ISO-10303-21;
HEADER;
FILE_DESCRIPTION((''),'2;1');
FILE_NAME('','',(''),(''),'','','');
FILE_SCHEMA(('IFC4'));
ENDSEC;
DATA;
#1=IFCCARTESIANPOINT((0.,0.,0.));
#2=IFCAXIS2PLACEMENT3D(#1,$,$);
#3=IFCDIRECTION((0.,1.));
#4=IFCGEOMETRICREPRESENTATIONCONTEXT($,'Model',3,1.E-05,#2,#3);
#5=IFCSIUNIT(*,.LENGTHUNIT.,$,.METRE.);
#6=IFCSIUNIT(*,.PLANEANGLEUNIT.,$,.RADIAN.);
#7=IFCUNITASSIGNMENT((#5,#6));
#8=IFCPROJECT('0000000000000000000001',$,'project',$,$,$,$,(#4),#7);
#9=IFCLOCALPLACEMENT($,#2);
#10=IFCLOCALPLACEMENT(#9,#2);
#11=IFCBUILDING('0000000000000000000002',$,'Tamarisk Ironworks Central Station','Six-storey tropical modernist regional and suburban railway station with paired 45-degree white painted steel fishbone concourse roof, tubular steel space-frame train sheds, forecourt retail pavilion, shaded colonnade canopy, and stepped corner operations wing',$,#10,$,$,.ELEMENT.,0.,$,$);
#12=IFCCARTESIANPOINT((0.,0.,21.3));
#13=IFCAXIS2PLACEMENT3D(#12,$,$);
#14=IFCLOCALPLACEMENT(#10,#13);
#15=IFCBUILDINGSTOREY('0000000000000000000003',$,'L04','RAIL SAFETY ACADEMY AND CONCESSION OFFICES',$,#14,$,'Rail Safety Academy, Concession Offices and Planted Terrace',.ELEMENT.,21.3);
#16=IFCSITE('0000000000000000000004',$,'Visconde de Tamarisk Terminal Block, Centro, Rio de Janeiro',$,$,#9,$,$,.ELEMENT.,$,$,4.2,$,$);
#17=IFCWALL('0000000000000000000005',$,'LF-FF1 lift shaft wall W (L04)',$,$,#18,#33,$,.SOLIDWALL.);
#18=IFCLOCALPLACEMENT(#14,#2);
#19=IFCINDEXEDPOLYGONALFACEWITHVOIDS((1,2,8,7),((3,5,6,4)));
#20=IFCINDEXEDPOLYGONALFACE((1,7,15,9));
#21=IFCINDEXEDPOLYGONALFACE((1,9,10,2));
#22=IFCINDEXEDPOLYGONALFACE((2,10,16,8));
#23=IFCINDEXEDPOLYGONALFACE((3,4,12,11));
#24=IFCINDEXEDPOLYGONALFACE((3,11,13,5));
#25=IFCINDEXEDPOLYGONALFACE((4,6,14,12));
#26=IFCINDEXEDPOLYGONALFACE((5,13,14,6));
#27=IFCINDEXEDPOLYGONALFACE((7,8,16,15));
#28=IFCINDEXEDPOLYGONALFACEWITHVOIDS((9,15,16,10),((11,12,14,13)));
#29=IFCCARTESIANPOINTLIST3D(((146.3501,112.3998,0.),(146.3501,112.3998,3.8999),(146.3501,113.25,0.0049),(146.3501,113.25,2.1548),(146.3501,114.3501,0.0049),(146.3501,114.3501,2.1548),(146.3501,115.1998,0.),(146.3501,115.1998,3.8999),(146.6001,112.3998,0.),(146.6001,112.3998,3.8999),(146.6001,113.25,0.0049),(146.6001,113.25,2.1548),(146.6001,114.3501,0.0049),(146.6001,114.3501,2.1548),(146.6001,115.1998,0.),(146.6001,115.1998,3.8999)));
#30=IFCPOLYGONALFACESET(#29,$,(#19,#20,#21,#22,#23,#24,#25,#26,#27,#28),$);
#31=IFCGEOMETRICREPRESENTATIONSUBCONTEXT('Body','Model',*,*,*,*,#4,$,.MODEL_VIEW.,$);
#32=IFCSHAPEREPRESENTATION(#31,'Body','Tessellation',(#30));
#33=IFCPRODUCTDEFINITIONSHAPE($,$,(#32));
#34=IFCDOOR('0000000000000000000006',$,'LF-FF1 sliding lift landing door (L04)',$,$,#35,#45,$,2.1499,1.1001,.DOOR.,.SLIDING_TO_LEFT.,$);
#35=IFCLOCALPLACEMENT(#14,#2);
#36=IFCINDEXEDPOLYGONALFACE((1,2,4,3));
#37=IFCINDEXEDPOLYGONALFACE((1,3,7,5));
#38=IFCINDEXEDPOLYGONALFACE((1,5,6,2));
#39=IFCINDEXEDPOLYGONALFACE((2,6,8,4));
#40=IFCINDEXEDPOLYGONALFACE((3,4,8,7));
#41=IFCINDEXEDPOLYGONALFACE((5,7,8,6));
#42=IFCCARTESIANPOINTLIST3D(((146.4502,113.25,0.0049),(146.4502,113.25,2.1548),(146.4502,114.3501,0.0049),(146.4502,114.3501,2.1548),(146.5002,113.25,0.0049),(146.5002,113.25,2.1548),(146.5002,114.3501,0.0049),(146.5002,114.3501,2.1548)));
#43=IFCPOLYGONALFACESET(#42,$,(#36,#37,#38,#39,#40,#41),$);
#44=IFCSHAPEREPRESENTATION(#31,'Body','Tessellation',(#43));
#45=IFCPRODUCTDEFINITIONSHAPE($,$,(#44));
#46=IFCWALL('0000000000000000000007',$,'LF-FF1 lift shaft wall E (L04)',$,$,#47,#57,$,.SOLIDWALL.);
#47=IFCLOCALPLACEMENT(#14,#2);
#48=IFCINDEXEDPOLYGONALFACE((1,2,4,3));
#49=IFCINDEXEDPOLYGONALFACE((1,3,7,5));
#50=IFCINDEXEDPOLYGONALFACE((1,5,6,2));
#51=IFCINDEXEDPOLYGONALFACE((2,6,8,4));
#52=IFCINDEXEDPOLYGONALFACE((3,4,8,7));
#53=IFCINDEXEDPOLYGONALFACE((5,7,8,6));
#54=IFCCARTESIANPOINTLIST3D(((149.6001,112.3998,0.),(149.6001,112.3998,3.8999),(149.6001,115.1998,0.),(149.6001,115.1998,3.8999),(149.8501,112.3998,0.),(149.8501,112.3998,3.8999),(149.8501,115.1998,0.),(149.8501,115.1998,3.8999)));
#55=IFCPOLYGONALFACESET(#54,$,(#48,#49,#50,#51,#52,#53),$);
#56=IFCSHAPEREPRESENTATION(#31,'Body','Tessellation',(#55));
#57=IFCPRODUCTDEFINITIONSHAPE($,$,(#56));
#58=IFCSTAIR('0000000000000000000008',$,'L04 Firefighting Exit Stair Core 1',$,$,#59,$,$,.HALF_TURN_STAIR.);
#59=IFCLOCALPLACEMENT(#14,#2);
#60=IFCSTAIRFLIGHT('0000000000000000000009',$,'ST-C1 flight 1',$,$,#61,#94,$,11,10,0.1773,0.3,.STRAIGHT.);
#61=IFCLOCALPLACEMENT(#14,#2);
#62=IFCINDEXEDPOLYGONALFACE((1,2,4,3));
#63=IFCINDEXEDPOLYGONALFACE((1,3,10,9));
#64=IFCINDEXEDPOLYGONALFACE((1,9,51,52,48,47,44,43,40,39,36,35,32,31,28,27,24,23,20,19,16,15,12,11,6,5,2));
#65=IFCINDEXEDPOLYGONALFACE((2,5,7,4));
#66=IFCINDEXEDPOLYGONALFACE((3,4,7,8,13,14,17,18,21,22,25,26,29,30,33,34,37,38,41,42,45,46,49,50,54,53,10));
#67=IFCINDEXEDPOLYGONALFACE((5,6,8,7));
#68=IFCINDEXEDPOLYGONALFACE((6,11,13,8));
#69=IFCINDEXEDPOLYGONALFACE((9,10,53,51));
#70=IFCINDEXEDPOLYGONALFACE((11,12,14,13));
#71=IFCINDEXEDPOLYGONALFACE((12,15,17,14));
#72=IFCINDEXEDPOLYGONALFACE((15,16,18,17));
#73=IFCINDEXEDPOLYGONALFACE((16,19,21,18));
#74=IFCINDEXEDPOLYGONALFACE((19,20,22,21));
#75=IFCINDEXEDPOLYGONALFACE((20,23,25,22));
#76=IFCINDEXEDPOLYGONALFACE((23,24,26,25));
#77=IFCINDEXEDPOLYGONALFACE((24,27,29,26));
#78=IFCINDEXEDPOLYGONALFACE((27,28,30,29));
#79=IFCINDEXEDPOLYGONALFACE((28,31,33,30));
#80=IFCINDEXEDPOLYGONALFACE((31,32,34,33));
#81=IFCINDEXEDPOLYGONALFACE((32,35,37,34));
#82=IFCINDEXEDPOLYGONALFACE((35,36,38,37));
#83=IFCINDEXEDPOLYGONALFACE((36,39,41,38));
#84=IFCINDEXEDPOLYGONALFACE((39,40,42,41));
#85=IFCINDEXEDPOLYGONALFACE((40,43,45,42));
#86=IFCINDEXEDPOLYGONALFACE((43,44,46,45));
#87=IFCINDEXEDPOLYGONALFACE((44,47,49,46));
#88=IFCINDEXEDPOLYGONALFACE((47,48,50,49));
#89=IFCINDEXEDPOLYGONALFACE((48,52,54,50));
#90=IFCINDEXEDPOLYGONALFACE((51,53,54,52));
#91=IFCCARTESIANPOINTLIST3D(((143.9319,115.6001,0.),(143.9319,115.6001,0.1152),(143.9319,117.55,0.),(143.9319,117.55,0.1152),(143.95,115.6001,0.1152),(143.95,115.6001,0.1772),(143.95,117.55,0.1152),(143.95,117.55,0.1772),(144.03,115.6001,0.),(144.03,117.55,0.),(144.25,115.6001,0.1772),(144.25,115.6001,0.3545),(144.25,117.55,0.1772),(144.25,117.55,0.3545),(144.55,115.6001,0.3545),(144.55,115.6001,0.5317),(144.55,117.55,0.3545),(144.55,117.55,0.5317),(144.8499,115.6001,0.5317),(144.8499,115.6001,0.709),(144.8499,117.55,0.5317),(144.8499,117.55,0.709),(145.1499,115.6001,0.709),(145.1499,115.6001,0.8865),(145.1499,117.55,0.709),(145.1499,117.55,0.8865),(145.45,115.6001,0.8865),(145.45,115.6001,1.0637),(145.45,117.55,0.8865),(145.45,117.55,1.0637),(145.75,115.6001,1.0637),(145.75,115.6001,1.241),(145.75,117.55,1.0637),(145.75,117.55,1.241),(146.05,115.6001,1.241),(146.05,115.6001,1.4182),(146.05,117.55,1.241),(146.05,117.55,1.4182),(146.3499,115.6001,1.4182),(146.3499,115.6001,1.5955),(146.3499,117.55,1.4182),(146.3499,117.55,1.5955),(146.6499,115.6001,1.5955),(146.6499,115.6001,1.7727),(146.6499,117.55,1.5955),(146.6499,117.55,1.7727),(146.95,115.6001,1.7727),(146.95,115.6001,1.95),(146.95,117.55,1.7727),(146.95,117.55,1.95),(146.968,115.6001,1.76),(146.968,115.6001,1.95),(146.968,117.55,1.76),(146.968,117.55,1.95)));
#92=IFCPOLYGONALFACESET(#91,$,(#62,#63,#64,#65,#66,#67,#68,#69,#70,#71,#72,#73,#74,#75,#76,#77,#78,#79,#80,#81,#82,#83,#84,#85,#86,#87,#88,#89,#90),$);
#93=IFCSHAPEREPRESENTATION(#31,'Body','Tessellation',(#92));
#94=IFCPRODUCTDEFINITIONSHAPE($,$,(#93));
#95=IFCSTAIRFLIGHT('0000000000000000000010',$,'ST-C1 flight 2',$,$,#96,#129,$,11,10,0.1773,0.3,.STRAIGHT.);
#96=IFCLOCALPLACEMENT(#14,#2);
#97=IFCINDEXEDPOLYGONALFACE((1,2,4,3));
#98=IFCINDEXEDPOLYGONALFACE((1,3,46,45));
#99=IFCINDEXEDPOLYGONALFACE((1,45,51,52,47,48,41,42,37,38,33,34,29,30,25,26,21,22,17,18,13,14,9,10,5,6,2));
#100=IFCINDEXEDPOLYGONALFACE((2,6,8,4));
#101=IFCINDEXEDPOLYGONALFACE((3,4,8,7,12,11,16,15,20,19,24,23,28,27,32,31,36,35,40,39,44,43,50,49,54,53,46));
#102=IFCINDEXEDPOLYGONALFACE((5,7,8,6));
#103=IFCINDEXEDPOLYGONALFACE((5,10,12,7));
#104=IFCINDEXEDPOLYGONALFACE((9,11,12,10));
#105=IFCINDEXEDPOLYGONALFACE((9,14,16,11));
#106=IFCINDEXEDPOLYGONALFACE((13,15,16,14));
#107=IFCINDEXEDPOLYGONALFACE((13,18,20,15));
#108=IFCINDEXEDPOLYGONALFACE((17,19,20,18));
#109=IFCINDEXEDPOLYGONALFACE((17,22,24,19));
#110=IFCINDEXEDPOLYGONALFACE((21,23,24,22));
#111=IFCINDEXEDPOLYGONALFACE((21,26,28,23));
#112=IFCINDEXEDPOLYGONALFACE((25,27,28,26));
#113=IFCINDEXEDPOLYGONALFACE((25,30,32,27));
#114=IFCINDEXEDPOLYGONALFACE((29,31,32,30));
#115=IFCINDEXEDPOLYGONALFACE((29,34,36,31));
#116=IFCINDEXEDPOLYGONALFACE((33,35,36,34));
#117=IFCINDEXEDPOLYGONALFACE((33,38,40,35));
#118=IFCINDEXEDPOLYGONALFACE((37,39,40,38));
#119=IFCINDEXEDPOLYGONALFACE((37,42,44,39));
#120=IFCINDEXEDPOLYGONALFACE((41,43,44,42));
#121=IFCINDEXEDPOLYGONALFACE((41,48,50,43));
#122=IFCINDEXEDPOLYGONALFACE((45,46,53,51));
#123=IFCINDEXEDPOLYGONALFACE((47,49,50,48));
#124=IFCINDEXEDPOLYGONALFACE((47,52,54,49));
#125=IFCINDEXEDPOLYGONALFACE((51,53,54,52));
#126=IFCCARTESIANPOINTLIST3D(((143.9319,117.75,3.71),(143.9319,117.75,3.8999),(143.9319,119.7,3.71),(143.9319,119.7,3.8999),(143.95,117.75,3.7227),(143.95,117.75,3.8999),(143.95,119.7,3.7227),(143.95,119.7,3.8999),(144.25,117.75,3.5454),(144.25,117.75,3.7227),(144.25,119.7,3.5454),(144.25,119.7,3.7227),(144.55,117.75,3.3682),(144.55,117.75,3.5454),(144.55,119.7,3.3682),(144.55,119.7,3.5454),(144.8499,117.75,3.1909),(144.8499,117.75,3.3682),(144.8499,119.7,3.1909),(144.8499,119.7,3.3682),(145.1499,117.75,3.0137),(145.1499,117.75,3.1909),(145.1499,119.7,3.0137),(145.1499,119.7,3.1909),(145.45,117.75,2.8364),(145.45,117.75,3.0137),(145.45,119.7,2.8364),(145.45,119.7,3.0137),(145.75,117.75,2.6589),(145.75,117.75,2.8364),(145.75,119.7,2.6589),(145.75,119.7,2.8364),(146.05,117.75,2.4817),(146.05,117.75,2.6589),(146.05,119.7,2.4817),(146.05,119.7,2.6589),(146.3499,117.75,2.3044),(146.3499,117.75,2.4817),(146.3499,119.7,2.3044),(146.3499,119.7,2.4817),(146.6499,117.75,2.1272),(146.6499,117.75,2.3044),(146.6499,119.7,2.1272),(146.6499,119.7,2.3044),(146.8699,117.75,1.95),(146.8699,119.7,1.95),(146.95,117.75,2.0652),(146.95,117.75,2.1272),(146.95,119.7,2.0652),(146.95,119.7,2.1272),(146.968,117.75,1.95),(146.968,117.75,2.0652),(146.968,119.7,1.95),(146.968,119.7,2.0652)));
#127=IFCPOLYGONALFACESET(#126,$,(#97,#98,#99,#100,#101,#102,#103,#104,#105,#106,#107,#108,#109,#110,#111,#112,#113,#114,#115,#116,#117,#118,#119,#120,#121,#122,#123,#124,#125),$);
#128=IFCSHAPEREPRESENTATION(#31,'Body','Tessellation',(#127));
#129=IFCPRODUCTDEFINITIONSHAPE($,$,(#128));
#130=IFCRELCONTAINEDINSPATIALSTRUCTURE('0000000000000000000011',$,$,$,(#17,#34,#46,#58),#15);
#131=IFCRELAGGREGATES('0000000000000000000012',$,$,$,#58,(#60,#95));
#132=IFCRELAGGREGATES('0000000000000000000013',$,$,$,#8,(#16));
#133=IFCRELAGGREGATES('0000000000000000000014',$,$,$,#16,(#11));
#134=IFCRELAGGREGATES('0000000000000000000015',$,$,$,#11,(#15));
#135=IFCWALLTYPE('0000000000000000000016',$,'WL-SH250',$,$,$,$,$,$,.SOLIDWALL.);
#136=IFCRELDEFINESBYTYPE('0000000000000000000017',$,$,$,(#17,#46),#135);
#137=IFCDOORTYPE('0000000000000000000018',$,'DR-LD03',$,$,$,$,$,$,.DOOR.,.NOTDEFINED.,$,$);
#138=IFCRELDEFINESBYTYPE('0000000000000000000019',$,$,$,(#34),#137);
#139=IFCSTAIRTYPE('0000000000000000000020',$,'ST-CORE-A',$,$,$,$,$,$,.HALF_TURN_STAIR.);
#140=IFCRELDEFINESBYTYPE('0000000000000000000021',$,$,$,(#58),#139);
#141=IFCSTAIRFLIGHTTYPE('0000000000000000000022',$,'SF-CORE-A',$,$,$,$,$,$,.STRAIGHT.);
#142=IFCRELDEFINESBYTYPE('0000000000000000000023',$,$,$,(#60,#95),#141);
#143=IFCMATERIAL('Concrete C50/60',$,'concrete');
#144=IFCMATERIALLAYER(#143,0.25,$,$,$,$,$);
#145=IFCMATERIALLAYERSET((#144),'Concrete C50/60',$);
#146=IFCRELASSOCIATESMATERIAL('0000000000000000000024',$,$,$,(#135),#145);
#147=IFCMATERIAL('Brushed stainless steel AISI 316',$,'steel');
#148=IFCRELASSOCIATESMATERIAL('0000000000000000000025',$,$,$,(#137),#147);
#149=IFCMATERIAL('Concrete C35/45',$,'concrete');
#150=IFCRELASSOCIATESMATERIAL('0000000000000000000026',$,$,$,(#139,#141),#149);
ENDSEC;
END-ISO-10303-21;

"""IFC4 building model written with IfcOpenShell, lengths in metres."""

from ifc_helpers import new_model, si_unit, direction, frame, frame_2d, origin, place, context, subcontext, project, spatial, polyline, rectangle, outline, extrude, material, layer, layer_set, type_object, element, fill, aggregate, save


model = new_model("IFC4")

# Units and contexts
model_context = context("Model", 3, precision=1e-05, world=origin(), true_north=direction((0.0, 1.0)))
body_context = subcontext(model_context, "Body", "Model", "MODEL_VIEW")
ifc_project = project(units=[si_unit("LENGTHUNIT", "METRE"), si_unit("PLANEANGLEUNIT", "RADIAN")], contexts=[model_context])

# Site, building, storey
site_placement = place(None, origin())
site = spatial("IfcSite", under=ifc_project, at=site_placement, Name="Visconde de Tamarisk Terminal Block, Centro, Rio de Janeiro", CompositionType="ELEMENT", RefElevation=4.2)
building_placement = place(site_placement, origin())
building = spatial("IfcBuilding", under=site, at=building_placement, Name="Tamarisk Ironworks Central Station", Description="Six-storey tropical modernist regional and suburban railway station with paired 45-degree white painted steel fishbone concourse roof, tubular steel space-frame train sheds, forecourt retail pavilion, shaded colonnade canopy, and stepped corner operations wing", CompositionType="ELEMENT", ElevationOfRefHeight=0.0)
storey_placement = place(building_placement, frame((0.0, 0.0, 21.3)))
storey = spatial("IfcBuildingStorey", under=building, at=storey_placement, Name="L04", Description="RAIL SAFETY ACADEMY AND CONCESSION OFFICES", LongName="Rail Safety Academy, Concession Offices and Planted Terrace", CompositionType="ELEMENT", Elevation=21.3)

# Shared definitions
ifc_material_1 = material(Name="Concrete C50/60", Category="concrete")

# Shared definitions
ifc_layer_1 = layer(ifc_material_1, 0.25)
ifc_layer_set_1 = layer_set([ifc_layer_1], Name="Concrete C50/60")
wall_type_1 = type_object("IfcWallType", Name="WL-SH250", PredefinedType="SOLIDWALL", material=ifc_layer_set_1)

# Wall, opening, door
wall_1_placement = place(storey_placement, frame((146.4751, 112.3999, 0.0), z_axis=(0.0, 0.0, 1.0), x_axis=(0.0, 1.0, 0.0)))
wall_1 = element("IfcWall", 1, at=wall_1_placement, inside=storey, type_object=wall_type_1, Name="LF-FF1 lift shaft wall W (L04)", PredefinedType="SOLIDWALL", context=body_context, shape_type="SweptSolid", body=[
    extrude(rectangle(XDim=2.8, YDim=0.25, at=frame_2d((1.3999, 0.0))), origin(), (0.0, 0.0, 1.0), 3.8999),
])
opening_1_placement = place(wall_1_placement, frame((0.8501, 0.0, 0.0049)))
opening_1 = element("IfcOpeningElement", 2, at=opening_1_placement, cuts=wall_1, PredefinedType="OPENING", context=body_context, shape_type="SweptSolid", body=[
    extrude(rectangle(XDim=1.1001, YDim=2.1499, at=frame_2d((0.55, 1.075))), frame((0.0, 0.137, 0.0), z_axis=(0.0, -1.0, 0.0), x_axis=(1.0, 0.0, 0.0)), (0.0, 0.0, 1.0), 0.2739),
])
ifc_material_2 = material(Name="Brushed stainless steel AISI 316", Category="steel")
door_type_1 = type_object("IfcDoorType", Name="DR-LD03", OperationType="NOTDEFINED", PredefinedType="DOOR", material=ifc_material_2)
door_1_placement = place(opening_1_placement, origin())
door_1 = element("IfcDoor", 3, at=door_1_placement, inside=storey, type_object=door_type_1, Name="LF-FF1 sliding lift landing door (L04)", OperationType="SLIDING_TO_LEFT", OverallHeight=2.1499, OverallWidth=1.1001, PredefinedType="DOOR", context=body_context, shape_type="SweptSolid", body=[
    extrude(rectangle(XDim=1.1001, YDim=2.1499, at=frame_2d((0.55, 1.075))), frame((0.0, 0.0249, 0.0), z_axis=(0.0, -1.0, 0.0), x_axis=(1.0, 0.0, 0.0)), (0.0, 0.0, 1.0), 0.05),
])
fill(opening_1, door_1)

# Wall
wall_2_placement = place(storey_placement, frame((149.7251, 112.3999, 0.0), z_axis=(0.0, 0.0, 1.0), x_axis=(0.0, 1.0, 0.0)))
element("IfcWall", 4, at=wall_2_placement, inside=storey, type_object=wall_type_1, Name="LF-FF1 lift shaft wall E (L04)", PredefinedType="SOLIDWALL", context=body_context, shape_type="SweptSolid", body=[
    extrude(rectangle(XDim=2.8, YDim=0.25, at=frame_2d((1.3999, 0.0))), origin(), (0.0, 0.0, 1.0), 3.8999),
])

# Stair, stair flights
ifc_material_3 = material(Name="Concrete C35/45", Category="concrete")
stair_type = type_object("IfcStairType", Name="ST-CORE-A", PredefinedType="HALF_TURN_STAIR", material=ifc_material_3)
stair_placement = place(storey_placement, origin())
stair = element("IfcStair", 5, at=stair_placement, inside=storey, type_object=stair_type, Name="L04 Firefighting Exit Stair Core 1", PredefinedType="HALF_TURN_STAIR")
stair_flight_type = type_object("IfcStairFlightType", Name="SF-CORE-A", PredefinedType="STRAIGHT", material=ifc_material_3)
stair_flight_1_placement = place(storey_placement, frame((143.95, 116.575, 0.0), z_axis=(0.0, 0.0, 1.0), x_axis=(1.0, 0.0, 0.0)))
stair_flight_1 = element("IfcStairFlight", 6, at=stair_flight_1_placement, type_object=stair_flight_type, Name="ST-C1 flight 1", NumberOfRisers=11, NumberOfTreads=10, PredefinedType="STRAIGHT", RiserHeight=0.1773, TreadLength=0.3, context=body_context, shape_type="SweptSolid", body=[
    extrude(outline(polyline([(-0.0181, 0.0), (-0.0181, 0.1152), (0.0, 0.1152), (0.0, 0.1772), (0.3, 0.1772), (0.3, 0.3545), (0.6001, 0.3545), (0.6001, 0.5317), (0.8999, 0.5317), (0.8999, 0.709), (1.2, 0.709), (1.2, 0.8865), (1.5, 0.8865), (1.5, 1.0637), (1.8, 1.0637), (1.8, 1.241), (2.1001, 1.241), (2.1001, 1.4182), (2.3999, 1.4182), (2.3999, 1.5955), (2.7, 1.5955), (2.7, 1.7727), (3.0, 1.7727), (3.0, 1.95), (3.0181, 1.95), (3.0181, 1.76), (0.0801, 0.0), (-0.0181, 0.0)])), frame((0.0, 0.9751, 0.0), z_axis=(0.0, -1.0, 0.0), x_axis=(1.0, 0.0, 0.0)), (0.0, 0.0, 1.0), 1.95),
])
stair_flight_2_placement = place(storey_placement, frame((146.95, 118.7251, 1.95), z_axis=(0.0, 0.0, 1.0), x_axis=(-1.0, 0.0, 0.0)))
stair_flight_2 = element("IfcStairFlight", 7, at=stair_flight_2_placement, type_object=stair_flight_type, Name="ST-C1 flight 2", NumberOfRisers=11, NumberOfTreads=10, PredefinedType="STRAIGHT", RiserHeight=0.1773, TreadLength=0.3, context=body_context, shape_type="SweptSolid", body=[
    extrude(outline(polyline([(-0.0181, 0.0), (-0.0181, 0.1152), (0.0, 0.1152), (0.0, 0.1772), (0.3, 0.1772), (0.3, 0.3545), (0.6001, 0.3545), (0.6001, 0.5317), (0.8999, 0.5317), (0.8999, 0.709), (1.2, 0.709), (1.2, 0.8865), (1.5, 0.8865), (1.5, 1.0637), (1.8, 1.0637), (1.8, 1.241), (2.1001, 1.241), (2.1001, 1.4182), (2.3999, 1.4182), (2.3999, 1.5955), (2.7, 1.5955), (2.7, 1.7727), (3.0, 1.7727), (3.0, 1.95), (3.0181, 1.95), (3.0181, 1.76), (0.0801, 0.0), (-0.0181, 0.0)])), frame((0.0, 0.9751, 0.0), z_axis=(0.0, -1.0, 0.0), x_axis=(1.0, 0.0, 0.0)), (0.0, 0.0, 1.0), 1.95),
])
aggregate(stair, [stair_flight_1, stair_flight_2])

save(model, "model.ifc")
